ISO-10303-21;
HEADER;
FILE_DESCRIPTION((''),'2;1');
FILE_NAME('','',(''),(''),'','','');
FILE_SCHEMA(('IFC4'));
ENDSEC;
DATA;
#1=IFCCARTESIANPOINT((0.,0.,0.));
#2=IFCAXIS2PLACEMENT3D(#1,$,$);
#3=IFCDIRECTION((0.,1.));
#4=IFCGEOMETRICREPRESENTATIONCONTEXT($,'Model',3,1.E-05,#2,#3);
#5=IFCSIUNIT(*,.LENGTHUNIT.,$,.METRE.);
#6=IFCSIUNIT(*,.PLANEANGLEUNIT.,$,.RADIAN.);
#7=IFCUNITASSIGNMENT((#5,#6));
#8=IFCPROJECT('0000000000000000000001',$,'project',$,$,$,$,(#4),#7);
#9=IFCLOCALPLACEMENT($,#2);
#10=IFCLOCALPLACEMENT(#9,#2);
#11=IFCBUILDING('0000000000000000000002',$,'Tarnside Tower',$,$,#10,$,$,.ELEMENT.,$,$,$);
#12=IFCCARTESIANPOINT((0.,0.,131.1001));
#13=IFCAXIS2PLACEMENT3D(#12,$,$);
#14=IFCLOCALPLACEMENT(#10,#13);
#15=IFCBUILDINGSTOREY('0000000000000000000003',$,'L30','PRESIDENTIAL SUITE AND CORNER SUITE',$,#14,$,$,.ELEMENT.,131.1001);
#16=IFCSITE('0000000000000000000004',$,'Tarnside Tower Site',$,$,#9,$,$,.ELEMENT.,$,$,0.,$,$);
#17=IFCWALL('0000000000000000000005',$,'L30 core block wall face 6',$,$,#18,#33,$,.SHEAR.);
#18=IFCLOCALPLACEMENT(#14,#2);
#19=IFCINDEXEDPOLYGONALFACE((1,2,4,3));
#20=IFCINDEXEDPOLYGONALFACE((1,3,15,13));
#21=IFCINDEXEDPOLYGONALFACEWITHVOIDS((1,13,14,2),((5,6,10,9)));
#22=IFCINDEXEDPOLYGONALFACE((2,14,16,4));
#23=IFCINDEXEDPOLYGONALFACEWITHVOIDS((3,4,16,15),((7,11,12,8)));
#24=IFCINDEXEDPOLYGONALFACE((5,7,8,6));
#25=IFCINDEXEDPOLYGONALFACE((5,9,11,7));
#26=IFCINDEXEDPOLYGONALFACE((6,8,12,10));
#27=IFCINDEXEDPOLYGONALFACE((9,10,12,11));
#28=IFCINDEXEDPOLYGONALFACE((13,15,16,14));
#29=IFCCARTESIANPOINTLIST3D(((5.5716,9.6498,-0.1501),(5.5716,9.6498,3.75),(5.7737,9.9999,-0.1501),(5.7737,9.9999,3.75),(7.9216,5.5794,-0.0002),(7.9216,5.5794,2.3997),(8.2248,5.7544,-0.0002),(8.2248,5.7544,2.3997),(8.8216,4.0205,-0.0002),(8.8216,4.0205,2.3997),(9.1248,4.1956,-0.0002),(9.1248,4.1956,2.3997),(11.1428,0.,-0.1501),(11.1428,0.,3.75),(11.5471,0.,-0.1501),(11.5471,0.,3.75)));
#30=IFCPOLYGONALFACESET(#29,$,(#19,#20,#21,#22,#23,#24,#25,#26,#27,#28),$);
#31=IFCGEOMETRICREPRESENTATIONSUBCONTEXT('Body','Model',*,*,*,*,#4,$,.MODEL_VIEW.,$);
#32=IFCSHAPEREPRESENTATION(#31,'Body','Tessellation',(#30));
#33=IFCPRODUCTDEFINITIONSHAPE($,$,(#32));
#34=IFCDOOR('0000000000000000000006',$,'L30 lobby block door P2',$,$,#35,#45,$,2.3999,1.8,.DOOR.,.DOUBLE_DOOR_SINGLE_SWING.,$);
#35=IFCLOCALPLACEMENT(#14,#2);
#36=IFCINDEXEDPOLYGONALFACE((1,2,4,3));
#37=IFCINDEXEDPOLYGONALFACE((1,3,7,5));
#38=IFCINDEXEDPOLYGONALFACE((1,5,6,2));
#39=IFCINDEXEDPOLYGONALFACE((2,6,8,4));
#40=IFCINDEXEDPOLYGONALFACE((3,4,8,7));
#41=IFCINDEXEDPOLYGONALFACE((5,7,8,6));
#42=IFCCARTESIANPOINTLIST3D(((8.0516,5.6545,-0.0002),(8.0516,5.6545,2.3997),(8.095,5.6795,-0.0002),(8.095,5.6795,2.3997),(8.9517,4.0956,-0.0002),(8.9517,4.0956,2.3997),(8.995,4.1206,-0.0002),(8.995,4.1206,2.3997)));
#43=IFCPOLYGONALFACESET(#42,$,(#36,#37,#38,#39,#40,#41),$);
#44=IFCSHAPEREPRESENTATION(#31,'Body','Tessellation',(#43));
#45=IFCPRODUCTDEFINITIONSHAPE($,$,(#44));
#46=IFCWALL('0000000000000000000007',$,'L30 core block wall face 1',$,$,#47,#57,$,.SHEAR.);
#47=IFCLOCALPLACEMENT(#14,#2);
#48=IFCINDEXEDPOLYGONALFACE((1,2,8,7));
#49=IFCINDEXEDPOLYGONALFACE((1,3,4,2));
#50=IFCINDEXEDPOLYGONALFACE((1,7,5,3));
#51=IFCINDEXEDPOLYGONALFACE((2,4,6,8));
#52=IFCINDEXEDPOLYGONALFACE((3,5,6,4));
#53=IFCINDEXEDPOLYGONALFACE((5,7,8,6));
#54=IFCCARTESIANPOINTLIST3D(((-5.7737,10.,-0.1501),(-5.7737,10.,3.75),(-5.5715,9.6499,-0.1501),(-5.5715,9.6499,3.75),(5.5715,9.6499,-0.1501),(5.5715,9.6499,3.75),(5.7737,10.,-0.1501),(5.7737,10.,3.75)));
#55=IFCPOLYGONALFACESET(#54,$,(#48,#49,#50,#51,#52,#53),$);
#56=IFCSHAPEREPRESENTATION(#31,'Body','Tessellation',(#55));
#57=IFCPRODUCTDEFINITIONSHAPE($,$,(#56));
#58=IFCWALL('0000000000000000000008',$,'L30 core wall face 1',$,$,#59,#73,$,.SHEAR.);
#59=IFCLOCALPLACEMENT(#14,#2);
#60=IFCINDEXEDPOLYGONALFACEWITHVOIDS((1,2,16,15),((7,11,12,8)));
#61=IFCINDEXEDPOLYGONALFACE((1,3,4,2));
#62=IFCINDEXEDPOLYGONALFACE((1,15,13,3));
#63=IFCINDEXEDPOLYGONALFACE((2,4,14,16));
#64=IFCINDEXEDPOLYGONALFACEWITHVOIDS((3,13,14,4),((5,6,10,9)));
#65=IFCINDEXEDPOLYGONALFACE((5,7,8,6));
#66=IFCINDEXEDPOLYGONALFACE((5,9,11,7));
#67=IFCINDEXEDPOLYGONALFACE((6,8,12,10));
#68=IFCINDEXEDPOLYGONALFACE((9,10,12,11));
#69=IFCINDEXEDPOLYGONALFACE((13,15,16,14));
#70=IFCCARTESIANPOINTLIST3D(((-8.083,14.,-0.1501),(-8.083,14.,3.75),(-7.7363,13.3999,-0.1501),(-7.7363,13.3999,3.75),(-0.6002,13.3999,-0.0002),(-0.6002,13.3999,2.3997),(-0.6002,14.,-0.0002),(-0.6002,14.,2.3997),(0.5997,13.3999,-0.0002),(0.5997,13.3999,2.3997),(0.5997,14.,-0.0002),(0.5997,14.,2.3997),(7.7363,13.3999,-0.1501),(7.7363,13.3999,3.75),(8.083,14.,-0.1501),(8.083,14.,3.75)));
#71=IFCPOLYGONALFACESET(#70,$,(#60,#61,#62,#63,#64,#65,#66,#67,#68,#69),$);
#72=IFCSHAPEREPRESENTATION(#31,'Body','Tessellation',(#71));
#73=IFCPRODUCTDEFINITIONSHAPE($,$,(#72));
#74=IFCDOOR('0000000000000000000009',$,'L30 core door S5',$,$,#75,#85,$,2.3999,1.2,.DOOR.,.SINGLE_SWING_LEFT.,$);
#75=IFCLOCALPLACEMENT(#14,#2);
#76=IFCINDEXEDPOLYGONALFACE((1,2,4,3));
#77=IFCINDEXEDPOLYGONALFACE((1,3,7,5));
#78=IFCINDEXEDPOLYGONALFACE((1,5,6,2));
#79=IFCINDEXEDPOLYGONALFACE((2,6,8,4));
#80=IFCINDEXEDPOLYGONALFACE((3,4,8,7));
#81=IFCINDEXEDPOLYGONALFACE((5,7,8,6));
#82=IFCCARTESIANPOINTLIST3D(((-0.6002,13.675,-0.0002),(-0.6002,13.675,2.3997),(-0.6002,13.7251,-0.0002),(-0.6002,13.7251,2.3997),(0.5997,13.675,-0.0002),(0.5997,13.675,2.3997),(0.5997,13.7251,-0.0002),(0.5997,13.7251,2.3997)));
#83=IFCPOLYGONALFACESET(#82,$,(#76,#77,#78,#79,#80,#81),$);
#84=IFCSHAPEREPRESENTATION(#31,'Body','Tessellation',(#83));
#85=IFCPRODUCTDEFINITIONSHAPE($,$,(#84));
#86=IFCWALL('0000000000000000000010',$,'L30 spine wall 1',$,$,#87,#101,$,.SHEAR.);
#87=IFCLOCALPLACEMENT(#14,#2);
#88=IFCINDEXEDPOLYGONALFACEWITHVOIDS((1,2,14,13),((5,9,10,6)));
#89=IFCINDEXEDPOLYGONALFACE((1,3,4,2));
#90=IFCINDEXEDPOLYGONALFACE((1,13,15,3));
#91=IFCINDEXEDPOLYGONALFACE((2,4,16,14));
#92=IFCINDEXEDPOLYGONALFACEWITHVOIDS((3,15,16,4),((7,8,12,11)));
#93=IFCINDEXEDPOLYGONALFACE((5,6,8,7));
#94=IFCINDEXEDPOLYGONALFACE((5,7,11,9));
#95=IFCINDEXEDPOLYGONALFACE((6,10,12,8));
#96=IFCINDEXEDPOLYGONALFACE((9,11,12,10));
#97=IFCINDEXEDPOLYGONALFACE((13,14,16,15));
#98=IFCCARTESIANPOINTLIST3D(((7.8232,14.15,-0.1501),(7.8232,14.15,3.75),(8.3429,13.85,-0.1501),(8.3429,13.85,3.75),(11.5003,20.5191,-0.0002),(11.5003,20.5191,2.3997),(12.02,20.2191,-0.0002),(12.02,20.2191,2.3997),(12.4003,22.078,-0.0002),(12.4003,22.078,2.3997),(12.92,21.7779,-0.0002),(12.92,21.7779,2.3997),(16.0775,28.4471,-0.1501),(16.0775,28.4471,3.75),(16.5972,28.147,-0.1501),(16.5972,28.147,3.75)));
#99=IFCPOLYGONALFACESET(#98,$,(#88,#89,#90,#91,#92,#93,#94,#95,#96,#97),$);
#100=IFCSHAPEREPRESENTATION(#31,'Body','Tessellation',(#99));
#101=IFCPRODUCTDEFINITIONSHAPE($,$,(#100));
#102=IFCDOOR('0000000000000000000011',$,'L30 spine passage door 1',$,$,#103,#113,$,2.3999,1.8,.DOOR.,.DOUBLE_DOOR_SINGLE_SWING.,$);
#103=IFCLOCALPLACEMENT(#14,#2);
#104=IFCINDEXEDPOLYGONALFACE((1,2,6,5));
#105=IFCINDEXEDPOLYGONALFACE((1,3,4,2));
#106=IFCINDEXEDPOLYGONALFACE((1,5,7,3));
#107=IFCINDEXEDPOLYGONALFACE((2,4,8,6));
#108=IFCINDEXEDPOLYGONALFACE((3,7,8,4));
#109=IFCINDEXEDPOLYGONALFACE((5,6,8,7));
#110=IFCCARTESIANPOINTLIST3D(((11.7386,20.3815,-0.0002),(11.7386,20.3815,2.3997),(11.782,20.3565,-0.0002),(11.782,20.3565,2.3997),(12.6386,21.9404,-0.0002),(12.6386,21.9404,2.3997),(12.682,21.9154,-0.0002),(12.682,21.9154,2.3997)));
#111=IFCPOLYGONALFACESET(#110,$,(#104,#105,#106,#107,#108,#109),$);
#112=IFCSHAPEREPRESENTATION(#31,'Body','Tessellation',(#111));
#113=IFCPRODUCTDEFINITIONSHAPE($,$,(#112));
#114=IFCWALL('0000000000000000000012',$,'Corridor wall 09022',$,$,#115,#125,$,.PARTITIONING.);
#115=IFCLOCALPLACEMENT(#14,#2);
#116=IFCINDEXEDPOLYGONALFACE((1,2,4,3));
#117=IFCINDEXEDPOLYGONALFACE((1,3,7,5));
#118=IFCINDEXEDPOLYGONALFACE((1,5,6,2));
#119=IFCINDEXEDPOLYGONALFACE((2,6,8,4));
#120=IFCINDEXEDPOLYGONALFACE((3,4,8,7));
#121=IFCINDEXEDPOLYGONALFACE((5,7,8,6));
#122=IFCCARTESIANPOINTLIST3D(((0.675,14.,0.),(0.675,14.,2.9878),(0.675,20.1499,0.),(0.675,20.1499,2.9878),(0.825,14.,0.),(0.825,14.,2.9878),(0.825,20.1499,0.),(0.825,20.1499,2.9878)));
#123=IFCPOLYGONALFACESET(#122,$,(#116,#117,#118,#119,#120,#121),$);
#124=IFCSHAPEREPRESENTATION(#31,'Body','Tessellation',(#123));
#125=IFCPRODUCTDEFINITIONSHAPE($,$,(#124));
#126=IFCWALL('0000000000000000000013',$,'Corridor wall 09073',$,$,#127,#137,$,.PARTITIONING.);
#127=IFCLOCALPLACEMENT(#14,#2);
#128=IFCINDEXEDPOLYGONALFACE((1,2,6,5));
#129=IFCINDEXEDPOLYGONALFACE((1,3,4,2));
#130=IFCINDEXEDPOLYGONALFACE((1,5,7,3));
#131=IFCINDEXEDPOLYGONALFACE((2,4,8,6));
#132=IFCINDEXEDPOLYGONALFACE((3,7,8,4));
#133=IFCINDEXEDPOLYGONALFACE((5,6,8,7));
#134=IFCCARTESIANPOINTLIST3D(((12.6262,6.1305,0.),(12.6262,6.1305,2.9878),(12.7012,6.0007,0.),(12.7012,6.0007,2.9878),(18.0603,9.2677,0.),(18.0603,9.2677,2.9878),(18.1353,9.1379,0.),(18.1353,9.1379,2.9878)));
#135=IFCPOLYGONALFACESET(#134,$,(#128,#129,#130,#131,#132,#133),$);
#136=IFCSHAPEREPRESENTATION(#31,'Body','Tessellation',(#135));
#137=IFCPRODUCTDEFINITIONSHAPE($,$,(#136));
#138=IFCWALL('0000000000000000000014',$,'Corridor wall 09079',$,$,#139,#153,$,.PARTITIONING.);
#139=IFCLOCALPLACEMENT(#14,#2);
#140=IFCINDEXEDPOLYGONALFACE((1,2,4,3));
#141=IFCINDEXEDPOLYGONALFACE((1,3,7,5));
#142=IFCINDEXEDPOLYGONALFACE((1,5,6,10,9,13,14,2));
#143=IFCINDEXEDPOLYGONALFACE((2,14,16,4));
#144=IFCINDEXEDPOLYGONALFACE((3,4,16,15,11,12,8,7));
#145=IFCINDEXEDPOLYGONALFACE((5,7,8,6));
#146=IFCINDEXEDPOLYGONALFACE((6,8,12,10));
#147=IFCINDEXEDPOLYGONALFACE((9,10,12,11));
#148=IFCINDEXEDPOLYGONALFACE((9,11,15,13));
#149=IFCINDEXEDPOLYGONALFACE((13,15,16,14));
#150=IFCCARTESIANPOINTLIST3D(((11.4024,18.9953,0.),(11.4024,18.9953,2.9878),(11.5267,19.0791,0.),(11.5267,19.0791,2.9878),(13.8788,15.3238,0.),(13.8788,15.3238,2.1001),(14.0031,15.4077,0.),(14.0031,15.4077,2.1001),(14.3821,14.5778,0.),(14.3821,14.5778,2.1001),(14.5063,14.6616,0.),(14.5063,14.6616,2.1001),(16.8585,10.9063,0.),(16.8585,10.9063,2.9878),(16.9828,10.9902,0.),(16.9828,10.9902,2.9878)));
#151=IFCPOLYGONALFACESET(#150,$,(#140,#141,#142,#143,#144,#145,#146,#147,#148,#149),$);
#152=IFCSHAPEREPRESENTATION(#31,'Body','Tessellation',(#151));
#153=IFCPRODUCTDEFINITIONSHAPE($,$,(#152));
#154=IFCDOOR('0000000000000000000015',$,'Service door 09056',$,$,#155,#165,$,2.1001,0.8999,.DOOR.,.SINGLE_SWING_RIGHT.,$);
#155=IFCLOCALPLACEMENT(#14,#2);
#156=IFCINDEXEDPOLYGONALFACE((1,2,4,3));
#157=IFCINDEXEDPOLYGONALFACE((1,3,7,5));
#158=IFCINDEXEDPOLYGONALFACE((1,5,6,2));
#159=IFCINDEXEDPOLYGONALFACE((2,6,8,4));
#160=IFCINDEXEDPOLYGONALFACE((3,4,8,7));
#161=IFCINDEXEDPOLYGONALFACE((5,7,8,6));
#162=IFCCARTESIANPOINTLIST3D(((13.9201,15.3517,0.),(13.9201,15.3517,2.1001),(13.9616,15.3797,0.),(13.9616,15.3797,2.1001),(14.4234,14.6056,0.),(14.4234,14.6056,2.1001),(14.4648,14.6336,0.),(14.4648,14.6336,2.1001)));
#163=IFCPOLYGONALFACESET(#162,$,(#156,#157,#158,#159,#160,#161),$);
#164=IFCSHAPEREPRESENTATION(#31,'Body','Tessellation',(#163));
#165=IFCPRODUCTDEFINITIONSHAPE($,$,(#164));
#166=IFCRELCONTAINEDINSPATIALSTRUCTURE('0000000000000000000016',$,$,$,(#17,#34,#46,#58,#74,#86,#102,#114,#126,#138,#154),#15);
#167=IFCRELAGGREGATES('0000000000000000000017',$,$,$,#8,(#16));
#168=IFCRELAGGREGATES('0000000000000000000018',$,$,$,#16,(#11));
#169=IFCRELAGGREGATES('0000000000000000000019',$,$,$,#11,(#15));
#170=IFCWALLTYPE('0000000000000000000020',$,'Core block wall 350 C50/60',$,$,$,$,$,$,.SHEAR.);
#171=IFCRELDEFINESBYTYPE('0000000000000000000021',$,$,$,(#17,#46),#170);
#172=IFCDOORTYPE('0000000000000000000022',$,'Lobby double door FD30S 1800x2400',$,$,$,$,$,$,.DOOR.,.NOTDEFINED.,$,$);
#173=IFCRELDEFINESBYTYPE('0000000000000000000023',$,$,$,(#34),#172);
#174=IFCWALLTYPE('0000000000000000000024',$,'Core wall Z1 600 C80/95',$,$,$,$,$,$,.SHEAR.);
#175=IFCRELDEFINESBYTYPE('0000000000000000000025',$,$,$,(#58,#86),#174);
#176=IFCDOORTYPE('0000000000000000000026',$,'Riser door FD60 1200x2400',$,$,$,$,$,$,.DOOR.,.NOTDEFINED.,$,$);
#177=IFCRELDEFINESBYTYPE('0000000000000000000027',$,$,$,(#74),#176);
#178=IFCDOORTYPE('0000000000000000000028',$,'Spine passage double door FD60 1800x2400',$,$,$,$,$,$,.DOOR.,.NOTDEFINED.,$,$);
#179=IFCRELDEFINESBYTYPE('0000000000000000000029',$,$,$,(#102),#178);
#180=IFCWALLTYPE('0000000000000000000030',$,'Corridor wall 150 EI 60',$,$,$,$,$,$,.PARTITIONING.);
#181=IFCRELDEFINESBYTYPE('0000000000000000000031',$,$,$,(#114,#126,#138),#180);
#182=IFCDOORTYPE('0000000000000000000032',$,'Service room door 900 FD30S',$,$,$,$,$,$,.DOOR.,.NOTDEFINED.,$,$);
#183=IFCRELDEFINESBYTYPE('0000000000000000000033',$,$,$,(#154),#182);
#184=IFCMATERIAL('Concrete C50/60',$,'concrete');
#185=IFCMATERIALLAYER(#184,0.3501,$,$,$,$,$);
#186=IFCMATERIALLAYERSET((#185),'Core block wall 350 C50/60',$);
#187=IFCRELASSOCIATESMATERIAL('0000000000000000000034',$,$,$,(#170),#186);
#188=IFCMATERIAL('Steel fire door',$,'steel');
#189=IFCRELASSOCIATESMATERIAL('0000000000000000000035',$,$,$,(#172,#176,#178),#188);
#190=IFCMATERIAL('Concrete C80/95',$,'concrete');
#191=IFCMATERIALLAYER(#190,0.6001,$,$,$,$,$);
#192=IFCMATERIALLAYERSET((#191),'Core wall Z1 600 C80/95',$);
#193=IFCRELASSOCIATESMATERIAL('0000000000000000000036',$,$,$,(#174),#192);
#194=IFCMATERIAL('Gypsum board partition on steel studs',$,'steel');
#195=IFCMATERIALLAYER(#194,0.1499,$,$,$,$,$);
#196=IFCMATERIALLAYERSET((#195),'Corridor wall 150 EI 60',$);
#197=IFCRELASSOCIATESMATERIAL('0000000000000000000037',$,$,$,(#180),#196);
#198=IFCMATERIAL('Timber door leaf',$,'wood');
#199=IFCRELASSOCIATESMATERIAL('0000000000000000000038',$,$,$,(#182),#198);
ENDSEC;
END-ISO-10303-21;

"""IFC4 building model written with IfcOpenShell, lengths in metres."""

from ifc_helpers import new_model, si_unit, direction, frame, frame_2d, origin, place, context, subcontext, project, spatial, polyline, rectangle, outline, extrude, material, layer, layer_set, type_object, element, fill, save


model = new_model("IFC4")

# Units and contexts
model_context = context("Model", 3, precision=1e-05, world=origin(), true_north=direction((0.0, 1.0)))
body_context = subcontext(model_context, "Body", "Model", "MODEL_VIEW")
ifc_project = project(units=[si_unit("LENGTHUNIT", "METRE"), si_unit("PLANEANGLEUNIT", "RADIAN")], contexts=[model_context])

# Site, building, storey
site_placement = place(None, origin())
site = spatial("IfcSite", under=ifc_project, at=site_placement, Name="Tarnside Tower Site", CompositionType="ELEMENT", RefElevation=0.0)
building_placement = place(site_placement, origin())
building = spatial("IfcBuilding", under=site, at=building_placement, Name="Tarnside Tower", CompositionType="ELEMENT")
storey_placement = place(building_placement, frame((0.0, 0.0, 131.1001)))
storey = spatial("IfcBuildingStorey", under=building, at=storey_placement, Name="L30", Description="PRESIDENTIAL SUITE AND CORNER SUITE", CompositionType="ELEMENT", Elevation=131.1001)

# Wall, opening, door
ifc_material_1 = material(Name="Concrete C50/60", Category="concrete")
ifc_layer_1 = layer(ifc_material_1, 0.3501)
ifc_layer_set_1 = layer_set([ifc_layer_1], Name="Core block wall 350 C50/60")
wall_type_1 = type_object("IfcWallType", Name="Core block wall 350 C50/60", PredefinedType="SHEAR", material=ifc_layer_set_1)
wall_1_placement = place(storey_placement, frame((11.345, 0.0, -0.1501), z_axis=(0.0, 0.0, 1.0), x_axis=(-0.499995, 0.866028, 0.0)))
wall_1 = element("IfcWall", 1, at=wall_1_placement, inside=storey, type_object=wall_type_1, Name="L30 core block wall face 6", PredefinedType="SHEAR", context=body_context, shape_type="SweptSolid", body=[
    extrude(outline(polyline([(-0.1011, -0.175), (11.4458, -0.175), (11.2437, 0.175), (0.1011, 0.175), (-0.1011, -0.175)])), origin(), (0.0, 0.0, 1.0), 3.9001),
])
opening_1_placement = place(wall_1_placement, frame((4.7437, 0.0, 0.1499)))
opening_1 = element("IfcOpeningElement", 2, at=opening_1_placement, cuts=wall_1, PredefinedType="OPENING", context=body_context, shape_type="SweptSolid", body=[
    extrude(rectangle(XDim=1.8, YDim=2.3999, at=frame_2d((0.8999, 1.2))), frame((0.0, 0.1851, 0.0), z_axis=(0.0, -1.0, 0.0), x_axis=(1.0, 0.0, 0.0)), (0.0, 0.0, 1.0), 0.3701),
])
ifc_material_2 = material(Name="Steel fire door", Category="steel")
door_type_1 = type_object("IfcDoorType", Name="Lobby double door FD30S 1800x2400", OperationType="NOTDEFINED", PredefinedType="DOOR", material=ifc_material_2)
door_1_placement = place(opening_1_placement, origin())
door_1 = element("IfcDoor", 3, at=door_1_placement, inside=storey, type_object=door_type_1, Name="L30 lobby block door P2", OperationType="DOUBLE_DOOR_SINGLE_SWING", OverallHeight=2.3999, OverallWidth=1.8, PredefinedType="DOOR", context=body_context, shape_type="SweptSolid", body=[
    extrude(rectangle(XDim=1.8, YDim=2.3999, at=frame_2d((0.8999, 1.2))), frame((0.0, 0.0249, 0.0), z_axis=(0.0, -1.0, 0.0), x_axis=(1.0, 0.0, 0.0)), (0.0, 0.0, 1.0), 0.05),
])
fill(opening_1, door_1)

# Wall
wall_2_placement = place(storey_placement, frame((5.6726, 9.825, -0.1501), z_axis=(0.0, 0.0, 1.0), x_axis=(-1.0, 0.0, 0.0)))
element("IfcWall", 4, at=wall_2_placement, inside=storey, type_object=wall_type_1, Name="L30 core block wall face 1", PredefinedType="SHEAR", context=body_context, shape_type="SweptSolid", body=[
    extrude(outline(polyline([(-0.1011, -0.175), (11.4463, -0.175), (11.2441, 0.175), (0.1011, 0.175), (-0.1011, -0.175)])), origin(), (0.0, 0.0, 1.0), 3.9001),
])

# Walls, openings, doors
ifc_material_3 = material(Name="Concrete C80/95", Category="concrete")
ifc_layer_2 = layer(ifc_material_3, 0.6001)
ifc_layer_set_2 = layer_set([ifc_layer_2], Name="Core wall Z1 600 C80/95")
wall_type_2 = type_object("IfcWallType", Name="Core wall Z1 600 C80/95", PredefinedType="SHEAR", material=ifc_layer_set_2)
wall_3_placement = place(storey_placement, frame((7.9097, 13.7, -0.1501), z_axis=(0.0, 0.0, 1.0), x_axis=(-1.0, 0.0, 0.0)))
wall_3 = element("IfcWall", 5, at=wall_3_placement, inside=storey, type_object=wall_type_2, Name="L30 core wall face 1", PredefinedType="SHEAR", context=body_context, shape_type="SweptSolid", body=[
    extrude(outline(polyline([(-0.1733, -0.3), (15.9927, -0.3), (15.646, 0.3), (0.1733, 0.3), (-0.1733, -0.3)])), origin(), (0.0, 0.0, 1.0), 3.9001),
])
opening_2_placement = place(wall_3_placement, frame((7.3098, 0.0, 0.1499)))
opening_2 = element("IfcOpeningElement", 6, at=opening_2_placement, cuts=wall_3, PredefinedType="OPENING", context=body_context, shape_type="SweptSolid", body=[
    extrude(rectangle(XDim=1.2, YDim=2.3999, at=frame_2d((0.6001, 1.2))), frame((0.0, 0.3101, 0.0), z_axis=(0.0, -1.0, 0.0), x_axis=(1.0, 0.0, 0.0)), (0.0, 0.0, 1.0), 0.6201),
])
door_type_2 = type_object("IfcDoorType", Name="Riser door FD60 1200x2400", OperationType="NOTDEFINED", PredefinedType="DOOR", material=ifc_material_2)
door_2_placement = place(opening_2_placement, origin())
door_2 = element("IfcDoor", 7, at=door_2_placement, inside=storey, type_object=door_type_2, Name="L30 core door S5", OperationType="SINGLE_SWING_LEFT", OverallHeight=2.3999, OverallWidth=1.2, PredefinedType="DOOR", context=body_context, shape_type="SweptSolid", body=[
    extrude(rectangle(XDim=1.2, YDim=2.3999, at=frame_2d((0.6001, 1.2))), frame((0.0, 0.0249, 0.0), z_axis=(0.0, -1.0, 0.0), x_axis=(1.0, 0.0, 0.0)), (0.0, 0.0, 1.0), 0.05),
])
fill(opening_2, door_2)
wall_4_placement = place(storey_placement, frame((8.083, 14.0, -0.1501), z_axis=(0.0, 0.0, 1.0), x_axis=(0.499998, 0.866027, 0.0)))
wall_4 = element("IfcWall", 8, at=wall_4_placement, inside=storey, type_object=wall_type_2, Name="L30 spine wall 1", PredefinedType="SHEAR", context=body_context, shape_type="SweptSolid", body=[
    extrude(rectangle(XDim=16.5088, YDim=0.6001, at=frame_2d((8.2544, 0.0))), origin(), (0.0, 0.0, 1.0), 3.9001),
])
opening_3_placement = place(wall_4_placement, frame((7.3545, 0.0, 0.1499)))
opening_3 = element("IfcOpeningElement", 9, at=opening_3_placement, cuts=wall_4, PredefinedType="OPENING", context=body_context, shape_type="SweptSolid", body=[
    extrude(rectangle(XDim=1.8, YDim=2.3999, at=frame_2d((0.8999, 1.2))), frame((0.0, 0.3101, 0.0), z_axis=(0.0, -1.0, 0.0), x_axis=(1.0, 0.0, 0.0)), (0.0, 0.0, 1.0), 0.6201),
])
door_type_3 = type_object("IfcDoorType", Name="Spine passage double door FD60 1800x2400", OperationType="NOTDEFINED", PredefinedType="DOOR", material=ifc_material_2)
door_3_placement = place(opening_3_placement, origin())
door_3 = element("IfcDoor", 10, at=door_3_placement, inside=storey, type_object=door_type_3, Name="L30 spine passage door 1", OperationType="DOUBLE_DOOR_SINGLE_SWING", OverallHeight=2.3999, OverallWidth=1.8, PredefinedType="DOOR", context=body_context, shape_type="SweptSolid", body=[
    extrude(rectangle(XDim=1.8, YDim=2.3999, at=frame_2d((0.8999, 1.2))), frame((0.0, 0.0249, 0.0), z_axis=(0.0, -1.0, 0.0), x_axis=(1.0, 0.0, 0.0)), (0.0, 0.0, 1.0), 0.05),
])
fill(opening_3, door_3)

# Walls
ifc_material_4 = material(Name="Gypsum board partition on steel studs", Category="steel")
ifc_layer_3 = layer(ifc_material_4, 0.1499)
ifc_layer_set_3 = layer_set([ifc_layer_3], Name="Corridor wall 150 EI 60")
wall_type_3 = type_object("IfcWallType", Name="Corridor wall 150 EI 60", PredefinedType="PARTITIONING", material=ifc_layer_set_3)
wall_5_placement = place(storey_placement, frame((0.75, 14.0, 0.0), z_axis=(0.0, 0.0, 1.0), x_axis=(0.0, 1.0, 0.0)))
element("IfcWall", 11, at=wall_5_placement, inside=storey, type_object=wall_type_3, Name="Corridor wall 09022", PredefinedType="PARTITIONING", context=body_context, shape_type="SweptSolid", body=[
    extrude(rectangle(XDim=6.1499, YDim=0.1499, at=frame_2d((3.075, 0.0))), origin(), (0.0, 0.0, 1.0), 2.9878),
])
wall_6_placement = place(storey_placement, frame((12.6638, 6.0657, 0.0), z_axis=(0.0, 0.0, 1.0), x_axis=(0.866037, 0.499981, 0.0)))
element("IfcWall", 12, at=wall_6_placement, inside=storey, type_object=wall_type_3, Name="Corridor wall 09073", PredefinedType="PARTITIONING", context=body_context, shape_type="SweptSolid", body=[
    extrude(rectangle(XDim=6.2747, YDim=0.1499, at=frame_2d((3.1372, 0.0))), origin(), (0.0, 0.0, 1.0), 2.9878),
])

# Wall, opening, door
wall_7_placement = place(storey_placement, frame((11.4646, 19.0371, 0.0), z_axis=(0.0, 0.0, 1.0), x_axis=(0.559196, -0.829035, 0.0)))
wall_7 = element("IfcWall", 13, at=wall_7_placement, inside=storey, type_object=wall_type_3, Name="Corridor wall 09079", PredefinedType="PARTITIONING", context=body_context, shape_type="SweptSolid", body=[
    extrude(rectangle(XDim=9.7571, YDim=0.1499, at=frame_2d((4.8784, 0.0))), origin(), (0.0, 0.0, 1.0), 2.9878),
])
opening_4_placement = place(wall_7_placement, frame((4.4285, 0.0, 0.0)))
opening_4 = element("IfcOpeningElement", 14, at=opening_4_placement, cuts=wall_7, PredefinedType="OPENING", context=body_context, shape_type="SweptSolid", body=[
    extrude(rectangle(XDim=0.8999, YDim=2.1001, at=frame_2d((0.45, 1.05))), frame((0.0, 0.085, 0.0), z_axis=(0.0, -1.0, 0.0), x_axis=(1.0, 0.0, 0.0)), (0.0, 0.0, 1.0), 0.1699),
])
ifc_material_5 = material(Name="Timber door leaf", Category="wood")
door_type_4 = type_object("IfcDoorType", Name="Service room door 900 FD30S", OperationType="NOTDEFINED", PredefinedType="DOOR", material=ifc_material_5)
door_4_placement = place(opening_4_placement, origin())
door_4 = element("IfcDoor", 15, at=door_4_placement, inside=storey, type_object=door_type_4, Name="Service door 09056", OperationType="SINGLE_SWING_RIGHT", OverallHeight=2.1001, OverallWidth=0.8999, PredefinedType="DOOR", context=body_context, shape_type="SweptSolid", body=[
    extrude(rectangle(XDim=0.8999, YDim=2.1001, at=frame_2d((0.45, 1.05))), frame((0.0, 0.0249, 0.0), z_axis=(0.0, -1.0, 0.0), x_axis=(1.0, 0.0, 0.0)), (0.0, 0.0, 1.0), 0.05),
])
fill(opening_4, door_4)

save(model, "model.ifc")
